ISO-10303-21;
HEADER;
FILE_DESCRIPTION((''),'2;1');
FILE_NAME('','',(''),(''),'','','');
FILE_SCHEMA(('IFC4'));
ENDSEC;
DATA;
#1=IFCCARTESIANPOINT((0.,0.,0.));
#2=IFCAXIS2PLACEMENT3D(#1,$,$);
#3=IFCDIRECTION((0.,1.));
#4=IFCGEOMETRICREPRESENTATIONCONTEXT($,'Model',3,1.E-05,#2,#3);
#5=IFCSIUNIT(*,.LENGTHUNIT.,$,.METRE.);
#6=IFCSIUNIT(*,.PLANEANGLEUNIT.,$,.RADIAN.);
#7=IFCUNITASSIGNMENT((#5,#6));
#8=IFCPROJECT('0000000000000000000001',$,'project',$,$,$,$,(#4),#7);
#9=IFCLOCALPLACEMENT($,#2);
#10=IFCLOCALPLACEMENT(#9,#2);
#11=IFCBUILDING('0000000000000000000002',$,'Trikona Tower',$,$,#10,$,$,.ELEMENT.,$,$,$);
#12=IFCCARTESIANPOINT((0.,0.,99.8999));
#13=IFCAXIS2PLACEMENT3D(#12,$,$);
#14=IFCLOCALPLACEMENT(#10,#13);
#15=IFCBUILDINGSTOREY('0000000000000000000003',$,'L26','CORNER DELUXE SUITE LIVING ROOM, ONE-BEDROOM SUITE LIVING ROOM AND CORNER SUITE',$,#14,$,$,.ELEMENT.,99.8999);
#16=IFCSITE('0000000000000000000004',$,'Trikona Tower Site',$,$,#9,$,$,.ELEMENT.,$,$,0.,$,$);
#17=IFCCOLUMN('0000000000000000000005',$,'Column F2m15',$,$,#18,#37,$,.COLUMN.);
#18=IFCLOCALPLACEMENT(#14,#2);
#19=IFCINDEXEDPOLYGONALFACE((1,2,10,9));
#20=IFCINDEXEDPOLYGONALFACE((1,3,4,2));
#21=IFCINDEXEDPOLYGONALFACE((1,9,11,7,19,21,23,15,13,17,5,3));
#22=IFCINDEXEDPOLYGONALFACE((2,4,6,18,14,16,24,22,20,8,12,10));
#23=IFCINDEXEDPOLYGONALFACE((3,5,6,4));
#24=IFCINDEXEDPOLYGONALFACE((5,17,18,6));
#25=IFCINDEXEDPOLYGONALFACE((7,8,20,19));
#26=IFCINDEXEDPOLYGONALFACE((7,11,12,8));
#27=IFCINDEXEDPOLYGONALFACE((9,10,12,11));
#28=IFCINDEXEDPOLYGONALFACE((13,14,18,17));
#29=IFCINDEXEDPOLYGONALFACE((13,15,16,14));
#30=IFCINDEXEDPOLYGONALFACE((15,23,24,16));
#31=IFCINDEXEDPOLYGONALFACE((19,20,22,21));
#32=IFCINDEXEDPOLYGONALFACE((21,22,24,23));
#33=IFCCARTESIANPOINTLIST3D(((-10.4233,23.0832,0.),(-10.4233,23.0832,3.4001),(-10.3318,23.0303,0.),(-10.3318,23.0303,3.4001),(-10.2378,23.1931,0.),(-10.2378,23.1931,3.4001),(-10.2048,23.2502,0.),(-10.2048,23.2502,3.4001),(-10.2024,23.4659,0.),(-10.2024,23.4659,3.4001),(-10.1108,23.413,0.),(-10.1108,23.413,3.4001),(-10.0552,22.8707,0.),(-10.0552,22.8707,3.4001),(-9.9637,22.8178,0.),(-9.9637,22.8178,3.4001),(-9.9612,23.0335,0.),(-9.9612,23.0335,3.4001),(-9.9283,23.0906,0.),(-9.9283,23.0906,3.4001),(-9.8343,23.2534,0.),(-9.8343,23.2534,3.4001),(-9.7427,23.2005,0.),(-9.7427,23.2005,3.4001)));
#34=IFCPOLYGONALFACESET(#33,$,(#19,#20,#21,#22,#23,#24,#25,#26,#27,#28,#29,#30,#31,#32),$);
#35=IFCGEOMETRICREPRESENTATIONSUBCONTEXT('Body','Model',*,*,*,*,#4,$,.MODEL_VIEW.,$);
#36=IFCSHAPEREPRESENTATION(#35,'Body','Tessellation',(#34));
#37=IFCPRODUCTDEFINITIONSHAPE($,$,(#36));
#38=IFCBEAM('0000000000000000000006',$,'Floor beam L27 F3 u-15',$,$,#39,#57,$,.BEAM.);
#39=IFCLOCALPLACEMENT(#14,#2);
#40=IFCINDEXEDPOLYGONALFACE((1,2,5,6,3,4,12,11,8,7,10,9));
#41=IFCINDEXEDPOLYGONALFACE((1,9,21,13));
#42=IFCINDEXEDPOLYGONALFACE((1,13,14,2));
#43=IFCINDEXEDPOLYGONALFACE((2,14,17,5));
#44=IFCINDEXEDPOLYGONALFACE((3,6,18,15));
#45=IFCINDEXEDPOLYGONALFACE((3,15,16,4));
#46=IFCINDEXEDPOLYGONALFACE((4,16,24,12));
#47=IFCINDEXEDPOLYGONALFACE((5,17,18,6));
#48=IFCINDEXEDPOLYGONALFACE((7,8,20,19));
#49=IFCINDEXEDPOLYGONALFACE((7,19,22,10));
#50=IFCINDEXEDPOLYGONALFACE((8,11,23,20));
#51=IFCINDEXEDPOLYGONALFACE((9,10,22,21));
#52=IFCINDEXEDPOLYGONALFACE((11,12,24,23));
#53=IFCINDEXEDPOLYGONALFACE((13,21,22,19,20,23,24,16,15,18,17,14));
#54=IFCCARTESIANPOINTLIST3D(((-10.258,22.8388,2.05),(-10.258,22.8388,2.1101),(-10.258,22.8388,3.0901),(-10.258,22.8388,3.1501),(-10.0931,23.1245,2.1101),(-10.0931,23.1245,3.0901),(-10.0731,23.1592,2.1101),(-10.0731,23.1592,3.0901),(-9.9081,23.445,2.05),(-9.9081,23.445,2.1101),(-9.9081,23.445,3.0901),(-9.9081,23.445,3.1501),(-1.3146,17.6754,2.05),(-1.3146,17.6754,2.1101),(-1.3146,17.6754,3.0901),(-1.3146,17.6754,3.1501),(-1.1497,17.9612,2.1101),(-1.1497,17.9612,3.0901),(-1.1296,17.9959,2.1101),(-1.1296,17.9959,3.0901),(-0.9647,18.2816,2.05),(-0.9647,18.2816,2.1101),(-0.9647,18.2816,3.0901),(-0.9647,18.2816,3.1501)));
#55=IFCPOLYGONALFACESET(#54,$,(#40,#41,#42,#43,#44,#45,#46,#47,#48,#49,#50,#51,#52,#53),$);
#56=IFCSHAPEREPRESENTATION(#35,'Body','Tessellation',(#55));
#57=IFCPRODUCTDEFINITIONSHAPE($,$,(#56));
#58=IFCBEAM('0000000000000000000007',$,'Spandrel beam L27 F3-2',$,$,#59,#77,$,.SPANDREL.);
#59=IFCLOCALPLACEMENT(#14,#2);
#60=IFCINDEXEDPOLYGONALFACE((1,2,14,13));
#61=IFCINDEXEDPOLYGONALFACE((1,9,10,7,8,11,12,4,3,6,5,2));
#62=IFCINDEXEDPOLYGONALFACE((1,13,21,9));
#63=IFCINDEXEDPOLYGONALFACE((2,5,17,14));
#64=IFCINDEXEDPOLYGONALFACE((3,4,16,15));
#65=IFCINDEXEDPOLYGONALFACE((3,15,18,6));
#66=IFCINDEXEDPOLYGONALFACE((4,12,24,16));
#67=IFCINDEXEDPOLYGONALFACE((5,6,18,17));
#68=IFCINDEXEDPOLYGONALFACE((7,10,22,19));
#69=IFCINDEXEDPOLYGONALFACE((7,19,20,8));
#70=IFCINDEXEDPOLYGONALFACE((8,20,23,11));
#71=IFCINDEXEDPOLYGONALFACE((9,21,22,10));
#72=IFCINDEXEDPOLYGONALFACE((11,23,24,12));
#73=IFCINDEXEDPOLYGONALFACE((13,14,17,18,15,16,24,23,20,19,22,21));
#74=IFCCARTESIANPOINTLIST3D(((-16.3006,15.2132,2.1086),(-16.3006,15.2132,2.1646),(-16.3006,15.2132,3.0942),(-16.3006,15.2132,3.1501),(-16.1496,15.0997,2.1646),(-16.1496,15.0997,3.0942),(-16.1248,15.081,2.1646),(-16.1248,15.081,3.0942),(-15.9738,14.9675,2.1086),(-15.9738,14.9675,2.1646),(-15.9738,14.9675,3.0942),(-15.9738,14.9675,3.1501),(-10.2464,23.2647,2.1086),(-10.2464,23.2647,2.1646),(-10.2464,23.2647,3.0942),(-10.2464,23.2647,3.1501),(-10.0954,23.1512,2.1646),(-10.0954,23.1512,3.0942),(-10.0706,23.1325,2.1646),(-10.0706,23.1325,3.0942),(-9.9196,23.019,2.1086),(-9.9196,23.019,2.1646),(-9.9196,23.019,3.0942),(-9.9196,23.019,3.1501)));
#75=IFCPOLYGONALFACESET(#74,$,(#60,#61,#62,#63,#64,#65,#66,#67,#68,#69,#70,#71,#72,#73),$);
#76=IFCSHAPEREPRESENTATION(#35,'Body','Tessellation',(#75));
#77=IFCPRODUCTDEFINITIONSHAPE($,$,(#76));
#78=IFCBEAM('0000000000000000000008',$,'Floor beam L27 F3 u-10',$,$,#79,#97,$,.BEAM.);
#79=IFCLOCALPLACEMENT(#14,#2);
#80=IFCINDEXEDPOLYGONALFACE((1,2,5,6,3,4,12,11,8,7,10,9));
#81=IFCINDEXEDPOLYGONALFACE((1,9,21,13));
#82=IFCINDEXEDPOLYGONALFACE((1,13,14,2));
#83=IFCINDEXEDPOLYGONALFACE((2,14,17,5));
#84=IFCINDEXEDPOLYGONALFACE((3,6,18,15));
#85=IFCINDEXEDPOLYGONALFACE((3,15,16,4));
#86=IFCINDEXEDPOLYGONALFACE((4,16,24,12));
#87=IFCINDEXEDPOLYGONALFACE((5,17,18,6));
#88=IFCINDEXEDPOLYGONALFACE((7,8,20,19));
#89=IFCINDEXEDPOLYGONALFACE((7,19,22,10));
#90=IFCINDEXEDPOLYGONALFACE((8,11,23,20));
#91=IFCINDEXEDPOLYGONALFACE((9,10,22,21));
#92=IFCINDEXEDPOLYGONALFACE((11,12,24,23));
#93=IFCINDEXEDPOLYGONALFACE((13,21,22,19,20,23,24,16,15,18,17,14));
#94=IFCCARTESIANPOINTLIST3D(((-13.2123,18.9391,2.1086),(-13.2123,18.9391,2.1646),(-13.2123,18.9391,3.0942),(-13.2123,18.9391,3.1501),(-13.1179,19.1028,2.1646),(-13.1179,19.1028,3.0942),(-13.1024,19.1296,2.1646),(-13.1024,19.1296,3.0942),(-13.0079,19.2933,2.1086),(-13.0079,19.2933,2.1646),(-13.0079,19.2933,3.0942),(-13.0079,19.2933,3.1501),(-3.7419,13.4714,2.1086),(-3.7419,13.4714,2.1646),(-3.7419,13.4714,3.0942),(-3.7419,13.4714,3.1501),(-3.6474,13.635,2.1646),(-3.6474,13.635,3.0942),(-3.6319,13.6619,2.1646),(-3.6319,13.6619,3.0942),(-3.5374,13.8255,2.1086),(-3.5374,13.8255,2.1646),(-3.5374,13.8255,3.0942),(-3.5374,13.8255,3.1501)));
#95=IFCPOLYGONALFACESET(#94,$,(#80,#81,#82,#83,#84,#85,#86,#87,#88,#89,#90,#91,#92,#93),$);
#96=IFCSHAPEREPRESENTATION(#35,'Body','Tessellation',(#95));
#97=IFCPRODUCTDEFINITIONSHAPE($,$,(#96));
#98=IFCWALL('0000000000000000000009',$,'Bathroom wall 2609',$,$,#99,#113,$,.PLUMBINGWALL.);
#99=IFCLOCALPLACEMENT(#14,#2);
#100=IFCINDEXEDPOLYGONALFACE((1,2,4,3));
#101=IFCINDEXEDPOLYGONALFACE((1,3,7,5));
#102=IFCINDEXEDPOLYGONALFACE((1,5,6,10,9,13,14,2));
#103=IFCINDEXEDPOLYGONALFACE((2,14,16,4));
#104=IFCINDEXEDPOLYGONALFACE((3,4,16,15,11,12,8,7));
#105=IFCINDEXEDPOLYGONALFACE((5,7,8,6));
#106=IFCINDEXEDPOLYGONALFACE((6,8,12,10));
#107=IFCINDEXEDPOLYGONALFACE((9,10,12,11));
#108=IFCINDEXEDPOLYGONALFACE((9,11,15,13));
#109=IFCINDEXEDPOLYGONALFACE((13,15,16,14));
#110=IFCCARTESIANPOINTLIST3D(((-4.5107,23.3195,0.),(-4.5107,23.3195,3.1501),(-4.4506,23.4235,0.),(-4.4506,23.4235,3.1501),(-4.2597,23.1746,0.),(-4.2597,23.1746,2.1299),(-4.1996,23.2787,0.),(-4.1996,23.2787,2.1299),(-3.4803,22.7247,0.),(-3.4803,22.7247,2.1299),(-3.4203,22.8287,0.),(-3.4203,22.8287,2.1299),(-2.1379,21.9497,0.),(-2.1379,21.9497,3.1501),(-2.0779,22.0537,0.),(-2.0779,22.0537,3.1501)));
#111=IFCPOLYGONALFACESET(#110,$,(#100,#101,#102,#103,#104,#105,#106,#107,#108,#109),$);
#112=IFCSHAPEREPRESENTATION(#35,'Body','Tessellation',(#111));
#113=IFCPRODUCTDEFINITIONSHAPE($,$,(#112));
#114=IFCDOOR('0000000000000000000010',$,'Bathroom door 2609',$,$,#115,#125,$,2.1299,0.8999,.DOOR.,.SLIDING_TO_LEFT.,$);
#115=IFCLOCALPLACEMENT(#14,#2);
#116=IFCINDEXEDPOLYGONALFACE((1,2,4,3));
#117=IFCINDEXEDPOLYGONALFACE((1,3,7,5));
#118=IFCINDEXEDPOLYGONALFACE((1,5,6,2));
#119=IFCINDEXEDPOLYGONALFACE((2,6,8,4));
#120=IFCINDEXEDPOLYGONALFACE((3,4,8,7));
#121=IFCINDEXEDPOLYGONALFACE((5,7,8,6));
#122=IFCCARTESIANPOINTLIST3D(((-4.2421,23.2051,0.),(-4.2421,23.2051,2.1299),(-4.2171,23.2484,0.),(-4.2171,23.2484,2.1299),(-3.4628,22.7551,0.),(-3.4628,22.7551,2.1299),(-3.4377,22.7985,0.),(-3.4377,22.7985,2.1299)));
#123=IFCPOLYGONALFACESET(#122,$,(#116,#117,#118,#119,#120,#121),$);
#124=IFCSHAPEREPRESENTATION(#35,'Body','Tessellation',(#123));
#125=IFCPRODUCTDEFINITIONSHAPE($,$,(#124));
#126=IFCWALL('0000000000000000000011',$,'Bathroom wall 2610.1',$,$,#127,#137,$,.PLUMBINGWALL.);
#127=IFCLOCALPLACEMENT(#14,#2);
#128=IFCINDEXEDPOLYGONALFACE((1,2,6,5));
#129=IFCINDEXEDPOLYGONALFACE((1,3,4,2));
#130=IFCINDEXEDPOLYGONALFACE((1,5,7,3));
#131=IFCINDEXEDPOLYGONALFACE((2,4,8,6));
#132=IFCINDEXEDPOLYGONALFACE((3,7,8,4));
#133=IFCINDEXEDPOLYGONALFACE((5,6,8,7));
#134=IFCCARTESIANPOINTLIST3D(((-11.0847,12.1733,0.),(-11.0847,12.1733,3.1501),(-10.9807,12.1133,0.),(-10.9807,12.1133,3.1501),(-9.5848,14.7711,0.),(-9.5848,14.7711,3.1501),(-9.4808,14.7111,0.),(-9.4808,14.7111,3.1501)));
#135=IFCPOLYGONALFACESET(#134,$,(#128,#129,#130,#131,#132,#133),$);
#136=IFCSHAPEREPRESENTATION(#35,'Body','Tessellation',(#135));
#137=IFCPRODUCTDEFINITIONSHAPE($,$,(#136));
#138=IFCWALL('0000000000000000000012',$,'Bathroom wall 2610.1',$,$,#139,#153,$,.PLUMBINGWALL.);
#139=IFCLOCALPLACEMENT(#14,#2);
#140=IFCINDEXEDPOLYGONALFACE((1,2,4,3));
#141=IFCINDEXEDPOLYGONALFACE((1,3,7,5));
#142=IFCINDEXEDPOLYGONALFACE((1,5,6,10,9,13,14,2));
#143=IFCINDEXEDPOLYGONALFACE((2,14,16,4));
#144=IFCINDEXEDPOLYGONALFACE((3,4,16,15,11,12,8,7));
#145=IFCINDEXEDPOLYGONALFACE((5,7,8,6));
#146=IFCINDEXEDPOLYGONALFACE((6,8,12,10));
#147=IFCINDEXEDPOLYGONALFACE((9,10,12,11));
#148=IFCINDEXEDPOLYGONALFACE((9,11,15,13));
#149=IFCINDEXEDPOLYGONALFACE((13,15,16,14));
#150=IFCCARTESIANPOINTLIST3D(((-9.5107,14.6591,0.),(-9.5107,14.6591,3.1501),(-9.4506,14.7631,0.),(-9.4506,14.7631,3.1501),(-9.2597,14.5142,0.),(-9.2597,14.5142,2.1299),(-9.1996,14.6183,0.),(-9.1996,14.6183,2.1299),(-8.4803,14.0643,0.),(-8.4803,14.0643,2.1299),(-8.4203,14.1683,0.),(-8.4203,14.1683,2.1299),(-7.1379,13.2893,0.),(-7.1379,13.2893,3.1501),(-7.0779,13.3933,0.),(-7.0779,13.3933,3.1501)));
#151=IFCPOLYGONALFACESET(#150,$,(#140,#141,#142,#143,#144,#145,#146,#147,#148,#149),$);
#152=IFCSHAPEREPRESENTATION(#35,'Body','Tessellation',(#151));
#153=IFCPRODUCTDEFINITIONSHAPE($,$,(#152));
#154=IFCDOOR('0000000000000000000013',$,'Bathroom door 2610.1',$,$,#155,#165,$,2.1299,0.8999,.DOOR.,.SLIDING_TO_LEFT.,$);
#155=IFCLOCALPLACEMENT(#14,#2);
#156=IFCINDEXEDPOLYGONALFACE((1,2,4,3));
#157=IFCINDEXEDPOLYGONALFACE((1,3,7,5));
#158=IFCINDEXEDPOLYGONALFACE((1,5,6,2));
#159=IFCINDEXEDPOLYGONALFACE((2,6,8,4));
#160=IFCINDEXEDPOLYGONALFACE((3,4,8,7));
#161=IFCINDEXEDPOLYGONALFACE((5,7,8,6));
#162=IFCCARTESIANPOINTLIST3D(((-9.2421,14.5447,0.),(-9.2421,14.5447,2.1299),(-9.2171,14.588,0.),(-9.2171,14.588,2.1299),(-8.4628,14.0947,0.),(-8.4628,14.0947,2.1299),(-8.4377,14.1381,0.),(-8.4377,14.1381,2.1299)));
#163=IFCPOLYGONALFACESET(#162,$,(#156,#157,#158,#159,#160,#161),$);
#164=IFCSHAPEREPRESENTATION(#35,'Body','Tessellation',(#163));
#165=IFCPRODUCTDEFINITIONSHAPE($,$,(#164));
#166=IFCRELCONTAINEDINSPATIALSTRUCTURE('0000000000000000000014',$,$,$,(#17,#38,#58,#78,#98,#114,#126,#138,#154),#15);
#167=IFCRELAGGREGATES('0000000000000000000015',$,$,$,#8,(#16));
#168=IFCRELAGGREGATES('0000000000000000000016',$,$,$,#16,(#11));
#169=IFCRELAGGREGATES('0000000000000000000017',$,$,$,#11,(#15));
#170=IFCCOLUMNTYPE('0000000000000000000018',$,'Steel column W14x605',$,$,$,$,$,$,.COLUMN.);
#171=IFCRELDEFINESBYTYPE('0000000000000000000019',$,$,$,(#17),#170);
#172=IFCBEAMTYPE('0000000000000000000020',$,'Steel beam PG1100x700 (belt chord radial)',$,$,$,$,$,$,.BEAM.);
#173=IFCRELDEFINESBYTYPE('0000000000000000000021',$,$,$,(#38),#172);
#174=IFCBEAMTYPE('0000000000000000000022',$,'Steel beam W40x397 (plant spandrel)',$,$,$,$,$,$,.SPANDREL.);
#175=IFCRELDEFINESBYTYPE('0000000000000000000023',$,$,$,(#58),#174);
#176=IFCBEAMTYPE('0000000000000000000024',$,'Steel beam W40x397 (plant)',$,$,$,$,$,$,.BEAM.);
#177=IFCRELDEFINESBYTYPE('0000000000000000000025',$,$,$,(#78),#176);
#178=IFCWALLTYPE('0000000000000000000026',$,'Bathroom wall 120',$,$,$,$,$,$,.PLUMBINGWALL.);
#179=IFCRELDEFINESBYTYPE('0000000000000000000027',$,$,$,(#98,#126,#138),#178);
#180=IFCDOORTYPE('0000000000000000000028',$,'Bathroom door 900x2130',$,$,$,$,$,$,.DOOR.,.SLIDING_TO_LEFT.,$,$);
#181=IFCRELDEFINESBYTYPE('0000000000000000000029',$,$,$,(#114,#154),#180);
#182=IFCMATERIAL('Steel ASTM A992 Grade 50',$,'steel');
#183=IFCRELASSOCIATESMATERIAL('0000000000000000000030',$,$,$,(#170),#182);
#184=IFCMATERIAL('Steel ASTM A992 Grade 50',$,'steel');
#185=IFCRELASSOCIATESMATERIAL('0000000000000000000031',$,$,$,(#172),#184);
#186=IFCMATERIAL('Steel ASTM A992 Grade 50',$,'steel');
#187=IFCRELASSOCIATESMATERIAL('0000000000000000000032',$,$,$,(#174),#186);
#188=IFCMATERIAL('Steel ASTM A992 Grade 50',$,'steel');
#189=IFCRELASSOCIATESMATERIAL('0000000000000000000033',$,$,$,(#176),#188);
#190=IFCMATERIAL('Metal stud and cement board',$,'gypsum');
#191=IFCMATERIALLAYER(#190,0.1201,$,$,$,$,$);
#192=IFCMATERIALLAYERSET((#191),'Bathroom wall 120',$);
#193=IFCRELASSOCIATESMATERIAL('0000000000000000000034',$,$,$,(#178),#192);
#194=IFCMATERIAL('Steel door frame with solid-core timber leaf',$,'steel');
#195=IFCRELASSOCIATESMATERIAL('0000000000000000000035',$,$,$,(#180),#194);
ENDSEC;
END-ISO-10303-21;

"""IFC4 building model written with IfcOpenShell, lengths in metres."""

from ifc_helpers import new_model, si_unit, direction, frame, frame_2d, origin, origin_2d, place, context, subcontext, project, spatial, rectangle, i_section, extrude, material, layer, layer_set, material_profile, profile_set, type_object, element, fill, save


model = new_model("IFC4")

# Units and contexts
model_context = context("Model", 3, precision=1e-05, world=origin(), true_north=direction((0.0, 1.0)))
body_context = subcontext(model_context, "Body", "Model", "MODEL_VIEW")
ifc_project = project(units=[si_unit("LENGTHUNIT", "METRE"), si_unit("PLANEANGLEUNIT", "RADIAN")], contexts=[model_context])

# Site, building, storey
site_placement = place(None, origin())
site = spatial("IfcSite", under=ifc_project, at=site_placement, Name="Trikona Tower Site", CompositionType="ELEMENT", RefElevation=0.0)
building_placement = place(site_placement, origin())
building = spatial("IfcBuilding", under=site, at=building_placement, Name="Trikona Tower", CompositionType="ELEMENT")
storey_placement = place(building_placement, frame((0.0, 0.0, 99.8999)))
storey = spatial("IfcBuildingStorey", under=building, at=storey_placement, Name="L26", Description="CORNER DELUXE SUITE LIVING ROOM, ONE-BEDROOM SUITE LIVING ROOM AND CORNER SUITE", CompositionType="ELEMENT", Elevation=99.8999)

# Column
ifc_material_1 = material(Name="Steel ASTM A992 Grade 50", Category="steel")
ifc_material_profile_1 = material_profile(ifc_material_1, i_section(OverallWidth=0.4419, OverallDepth=0.5308, WebThickness=0.0659, FlangeThickness=0.1057, at=origin_2d()), Name="W14X605")
ifc_profile_set_1 = profile_set([ifc_material_profile_1], Name="Steel ASTM A992 Grade 50")
column_type = type_object("IfcColumnType", Name="Steel column W14x605", PredefinedType="COLUMN", material=ifc_profile_set_1)
column_placement = place(storey_placement, frame((-10.083, 23.1418, 0.0), z_axis=(0.0, 0.0, 1.0), x_axis=(-0.5, -0.866025, 0.0)))
element("IfcColumn", 1, at=column_placement, inside=storey, type_object=column_type, Name="Column F2m15", PredefinedType="COLUMN", context=body_context, shape_type="SweptSolid", body=[
    extrude(i_section(OverallWidth=0.4419, OverallDepth=0.5308, WebThickness=0.0659, FlangeThickness=0.1057, at=origin_2d()), origin(), (0.0, 0.0, 1.0), 3.4001),
])

# Beams
ifc_material_2 = material(Name="Steel ASTM A992 Grade 50", Category="steel")
ifc_material_profile_2 = material_profile(ifc_material_2, i_section(OverallWidth=0.7, OverallDepth=1.1001, WebThickness=0.04, FlangeThickness=0.0601, at=origin_2d()), Name="PG1100X700")
ifc_profile_set_2 = profile_set([ifc_material_profile_2], Name="Steel ASTM A992 Grade 50")
beam_type_1 = type_object("IfcBeamType", Name="Steel beam PG1100x700 (belt chord radial)", PredefinedType="BEAM", material=ifc_profile_set_2)
beam_1_placement = place(storey_placement, frame((-1.1396, 17.9785, 2.6001), z_axis=(-0.86603, 0.499991, 0.0), x_axis=(-0.499991, -0.86603, 0.0)))
element("IfcBeam", 2, at=beam_1_placement, inside=storey, type_object=beam_type_1, Name="Floor beam L27 F3 u-15", PredefinedType="BEAM", context=body_context, shape_type="SweptSolid", body=[
    extrude(i_section(OverallWidth=0.7, OverallDepth=1.1001, WebThickness=0.04, FlangeThickness=0.0601, at=origin_2d()), origin(), (0.0, 0.0, 1.0), 10.3269),
])
ifc_material_3 = material(Name="Steel ASTM A992 Grade 50", Category="steel")
ifc_material_profile_3 = material_profile(ifc_material_3, i_section(OverallWidth=0.4089, OverallDepth=1.0415, WebThickness=0.031, FlangeThickness=0.0559, at=origin_2d()), Name="W40X397")
ifc_profile_set_3 = profile_set([ifc_material_profile_3], Name="Steel ASTM A992 Grade 50")
beam_type_2 = type_object("IfcBeamType", Name="Steel beam W40x397 (plant spandrel)", PredefinedType="SPANDREL", material=ifc_profile_set_3)
beam_2_placement = place(storey_placement, frame((-10.083, 23.1418, 2.6294), z_axis=(-0.600988, -0.799258, 0.0), x_axis=(0.799258, -0.600988, 0.0)))
element("IfcBeam", 3, at=beam_2_placement, inside=storey, type_object=beam_type_2, Name="Spandrel beam L27 F3-2", PredefinedType="SPANDREL", context=body_context, shape_type="SweptSolid", body=[
    extrude(i_section(OverallWidth=0.4089, OverallDepth=1.0415, WebThickness=0.031, FlangeThickness=0.0559, at=origin_2d()), origin(), (0.0, 0.0, 1.0), 10.0737),
])
ifc_material_4 = material(Name="Steel ASTM A992 Grade 50", Category="steel")
ifc_material_profile_4 = material_profile(ifc_material_4, i_section(OverallWidth=0.4089, OverallDepth=1.0415, WebThickness=0.031, FlangeThickness=0.0559, at=origin_2d()), Name="W40X397")
ifc_profile_set_4 = profile_set([ifc_material_profile_4], Name="Steel ASTM A992 Grade 50")
beam_type_3 = type_object("IfcBeamType", Name="Steel beam W40x397 (plant)", PredefinedType="BEAM", material=ifc_profile_set_4)
beam_3_placement = place(storey_placement, frame((-3.6396, 13.6484, 2.6294), z_axis=(-0.866025, 0.5, 0.0), x_axis=(-0.5, -0.866025, 0.0)))
element("IfcBeam", 4, at=beam_3_placement, inside=storey, type_object=beam_type_3, Name="Floor beam L27 F3 u-10", PredefinedType="BEAM", context=body_context, shape_type="SweptSolid", body=[
    extrude(i_section(OverallWidth=0.4089, OverallDepth=1.0415, WebThickness=0.031, FlangeThickness=0.0559, at=origin_2d()), origin(), (0.0, 0.0, 1.0), 10.9355),
])

# Wall, opening, door
ifc_material_5 = material(Name="Metal stud and cement board", Category="gypsum")
ifc_layer_1 = layer(ifc_material_5, 0.1201)
ifc_layer_set_1 = layer_set([ifc_layer_1], Name="Bathroom wall 120")
wall_type_1 = type_object("IfcWallType", Name="Bathroom wall 120", PredefinedType="PLUMBINGWALL", material=ifc_layer_set_1)
wall_1_placement = place(storey_placement, frame((-2.1079, 22.0017, 0.0), z_axis=(0.0, 0.0, 1.0), x_axis=(-0.866036, 0.499982, 0.0)))
wall_1 = element("IfcWall", 5, at=wall_1_placement, inside=storey, type_object=wall_type_1, Name="Bathroom wall 2609", PredefinedType="PLUMBINGWALL", context=body_context, shape_type="SweptSolid", body=[
    extrude(rectangle(XDim=2.7397, YDim=0.1201, at=frame_2d((1.3699, 0.0))), origin(), (0.0, 0.0, 1.0), 3.1501),
])
opening_1_placement = place(wall_1_placement, frame((1.55, 0.0, 0.0)))
opening_1 = element("IfcOpeningElement", 6, at=opening_1_placement, cuts=wall_1, PredefinedType="OPENING", context=body_context, shape_type="SweptSolid", body=[
    extrude(rectangle(XDim=0.8999, YDim=2.1299, at=frame_2d((0.45, 1.0649))), frame((0.0, 0.0701, 0.0), z_axis=(0.0, -1.0, 0.0), x_axis=(1.0, 0.0, 0.0)), (0.0, 0.0, 1.0), 0.1401),
])
ifc_material_6 = material(Name="Steel door frame with solid-core timber leaf", Category="steel")
door_type_1 = type_object("IfcDoorType", Name="Bathroom door 900x2130", OperationType="SLIDING_TO_LEFT", PredefinedType="DOOR", material=ifc_material_6)
door_1_placement = place(opening_1_placement, origin())
door_1 = element("IfcDoor", 7, at=door_1_placement, inside=storey, type_object=door_type_1, Name="Bathroom door 2609", OperationType="SLIDING_TO_LEFT", OverallHeight=2.1299, OverallWidth=0.8999, PredefinedType="DOOR", context=body_context, shape_type="SweptSolid", body=[
    extrude(rectangle(XDim=0.8999, YDim=2.1299, at=frame_2d((0.45, 1.0649))), frame((0.0, 0.0249, 0.0), z_axis=(0.0, -1.0, 0.0), x_axis=(1.0, 0.0, 0.0)), (0.0, 0.0, 1.0), 0.05),
])
fill(opening_1, door_1)

# Wall
wall_2_placement = place(storey_placement, frame((-9.5327, 14.7412, 0.0), z_axis=(0.0, 0.0, 1.0), x_axis=(-0.500025, -0.866011, 0.0)))
element("IfcWall", 8, at=wall_2_placement, inside=storey, type_object=wall_type_1, Name="Bathroom wall 2610.1", PredefinedType="PLUMBINGWALL", context=body_context, shape_type="SweptSolid", body=[
    extrude(rectangle(XDim=2.9998, YDim=0.1201, at=frame_2d((1.5, 0.0))), origin(), (0.0, 0.0, 1.0), 3.1501),
])

# Wall, opening, door
wall_3_placement = place(storey_placement, frame((-7.1079, 13.3413, 0.0), z_axis=(0.0, 0.0, 1.0), x_axis=(-0.866036, 0.499982, 0.0)))
wall_3 = element("IfcWall", 9, at=wall_3_placement, inside=storey, type_object=wall_type_1, Name="Bathroom wall 2610.1", PredefinedType="PLUMBINGWALL", context=body_context, shape_type="SweptSolid", body=[
    extrude(rectangle(XDim=2.7397, YDim=0.1201, at=frame_2d((1.3699, 0.0))), origin(), (0.0, 0.0, 1.0), 3.1501),
])
opening_2_placement = place(wall_3_placement, frame((1.55, 0.0, 0.0)))
opening_2 = element("IfcOpeningElement", 10, at=opening_2_placement, cuts=wall_3, PredefinedType="OPENING", context=body_context, shape_type="SweptSolid", body=[
    extrude(rectangle(XDim=0.8999, YDim=2.1299, at=frame_2d((0.45, 1.0649))), frame((0.0, 0.0701, 0.0), z_axis=(0.0, -1.0, 0.0), x_axis=(1.0, 0.0, 0.0)), (0.0, 0.0, 1.0), 0.1401),
])
door_2_placement = place(opening_2_placement, origin())
door_2 = element("IfcDoor", 11, at=door_2_placement, inside=storey, type_object=door_type_1, Name="Bathroom door 2610.1", OperationType="SLIDING_TO_LEFT", OverallHeight=2.1299, OverallWidth=0.8999, PredefinedType="DOOR", context=body_context, shape_type="SweptSolid", body=[
    extrude(rectangle(XDim=0.8999, YDim=2.1299, at=frame_2d((0.45, 1.0649))), frame((0.0, 0.0249, 0.0), z_axis=(0.0, -1.0, 0.0), x_axis=(1.0, 0.0, 0.0)), (0.0, 0.0, 1.0), 0.05),
])
fill(opening_2, door_2)

save(model, "model.ifc")
